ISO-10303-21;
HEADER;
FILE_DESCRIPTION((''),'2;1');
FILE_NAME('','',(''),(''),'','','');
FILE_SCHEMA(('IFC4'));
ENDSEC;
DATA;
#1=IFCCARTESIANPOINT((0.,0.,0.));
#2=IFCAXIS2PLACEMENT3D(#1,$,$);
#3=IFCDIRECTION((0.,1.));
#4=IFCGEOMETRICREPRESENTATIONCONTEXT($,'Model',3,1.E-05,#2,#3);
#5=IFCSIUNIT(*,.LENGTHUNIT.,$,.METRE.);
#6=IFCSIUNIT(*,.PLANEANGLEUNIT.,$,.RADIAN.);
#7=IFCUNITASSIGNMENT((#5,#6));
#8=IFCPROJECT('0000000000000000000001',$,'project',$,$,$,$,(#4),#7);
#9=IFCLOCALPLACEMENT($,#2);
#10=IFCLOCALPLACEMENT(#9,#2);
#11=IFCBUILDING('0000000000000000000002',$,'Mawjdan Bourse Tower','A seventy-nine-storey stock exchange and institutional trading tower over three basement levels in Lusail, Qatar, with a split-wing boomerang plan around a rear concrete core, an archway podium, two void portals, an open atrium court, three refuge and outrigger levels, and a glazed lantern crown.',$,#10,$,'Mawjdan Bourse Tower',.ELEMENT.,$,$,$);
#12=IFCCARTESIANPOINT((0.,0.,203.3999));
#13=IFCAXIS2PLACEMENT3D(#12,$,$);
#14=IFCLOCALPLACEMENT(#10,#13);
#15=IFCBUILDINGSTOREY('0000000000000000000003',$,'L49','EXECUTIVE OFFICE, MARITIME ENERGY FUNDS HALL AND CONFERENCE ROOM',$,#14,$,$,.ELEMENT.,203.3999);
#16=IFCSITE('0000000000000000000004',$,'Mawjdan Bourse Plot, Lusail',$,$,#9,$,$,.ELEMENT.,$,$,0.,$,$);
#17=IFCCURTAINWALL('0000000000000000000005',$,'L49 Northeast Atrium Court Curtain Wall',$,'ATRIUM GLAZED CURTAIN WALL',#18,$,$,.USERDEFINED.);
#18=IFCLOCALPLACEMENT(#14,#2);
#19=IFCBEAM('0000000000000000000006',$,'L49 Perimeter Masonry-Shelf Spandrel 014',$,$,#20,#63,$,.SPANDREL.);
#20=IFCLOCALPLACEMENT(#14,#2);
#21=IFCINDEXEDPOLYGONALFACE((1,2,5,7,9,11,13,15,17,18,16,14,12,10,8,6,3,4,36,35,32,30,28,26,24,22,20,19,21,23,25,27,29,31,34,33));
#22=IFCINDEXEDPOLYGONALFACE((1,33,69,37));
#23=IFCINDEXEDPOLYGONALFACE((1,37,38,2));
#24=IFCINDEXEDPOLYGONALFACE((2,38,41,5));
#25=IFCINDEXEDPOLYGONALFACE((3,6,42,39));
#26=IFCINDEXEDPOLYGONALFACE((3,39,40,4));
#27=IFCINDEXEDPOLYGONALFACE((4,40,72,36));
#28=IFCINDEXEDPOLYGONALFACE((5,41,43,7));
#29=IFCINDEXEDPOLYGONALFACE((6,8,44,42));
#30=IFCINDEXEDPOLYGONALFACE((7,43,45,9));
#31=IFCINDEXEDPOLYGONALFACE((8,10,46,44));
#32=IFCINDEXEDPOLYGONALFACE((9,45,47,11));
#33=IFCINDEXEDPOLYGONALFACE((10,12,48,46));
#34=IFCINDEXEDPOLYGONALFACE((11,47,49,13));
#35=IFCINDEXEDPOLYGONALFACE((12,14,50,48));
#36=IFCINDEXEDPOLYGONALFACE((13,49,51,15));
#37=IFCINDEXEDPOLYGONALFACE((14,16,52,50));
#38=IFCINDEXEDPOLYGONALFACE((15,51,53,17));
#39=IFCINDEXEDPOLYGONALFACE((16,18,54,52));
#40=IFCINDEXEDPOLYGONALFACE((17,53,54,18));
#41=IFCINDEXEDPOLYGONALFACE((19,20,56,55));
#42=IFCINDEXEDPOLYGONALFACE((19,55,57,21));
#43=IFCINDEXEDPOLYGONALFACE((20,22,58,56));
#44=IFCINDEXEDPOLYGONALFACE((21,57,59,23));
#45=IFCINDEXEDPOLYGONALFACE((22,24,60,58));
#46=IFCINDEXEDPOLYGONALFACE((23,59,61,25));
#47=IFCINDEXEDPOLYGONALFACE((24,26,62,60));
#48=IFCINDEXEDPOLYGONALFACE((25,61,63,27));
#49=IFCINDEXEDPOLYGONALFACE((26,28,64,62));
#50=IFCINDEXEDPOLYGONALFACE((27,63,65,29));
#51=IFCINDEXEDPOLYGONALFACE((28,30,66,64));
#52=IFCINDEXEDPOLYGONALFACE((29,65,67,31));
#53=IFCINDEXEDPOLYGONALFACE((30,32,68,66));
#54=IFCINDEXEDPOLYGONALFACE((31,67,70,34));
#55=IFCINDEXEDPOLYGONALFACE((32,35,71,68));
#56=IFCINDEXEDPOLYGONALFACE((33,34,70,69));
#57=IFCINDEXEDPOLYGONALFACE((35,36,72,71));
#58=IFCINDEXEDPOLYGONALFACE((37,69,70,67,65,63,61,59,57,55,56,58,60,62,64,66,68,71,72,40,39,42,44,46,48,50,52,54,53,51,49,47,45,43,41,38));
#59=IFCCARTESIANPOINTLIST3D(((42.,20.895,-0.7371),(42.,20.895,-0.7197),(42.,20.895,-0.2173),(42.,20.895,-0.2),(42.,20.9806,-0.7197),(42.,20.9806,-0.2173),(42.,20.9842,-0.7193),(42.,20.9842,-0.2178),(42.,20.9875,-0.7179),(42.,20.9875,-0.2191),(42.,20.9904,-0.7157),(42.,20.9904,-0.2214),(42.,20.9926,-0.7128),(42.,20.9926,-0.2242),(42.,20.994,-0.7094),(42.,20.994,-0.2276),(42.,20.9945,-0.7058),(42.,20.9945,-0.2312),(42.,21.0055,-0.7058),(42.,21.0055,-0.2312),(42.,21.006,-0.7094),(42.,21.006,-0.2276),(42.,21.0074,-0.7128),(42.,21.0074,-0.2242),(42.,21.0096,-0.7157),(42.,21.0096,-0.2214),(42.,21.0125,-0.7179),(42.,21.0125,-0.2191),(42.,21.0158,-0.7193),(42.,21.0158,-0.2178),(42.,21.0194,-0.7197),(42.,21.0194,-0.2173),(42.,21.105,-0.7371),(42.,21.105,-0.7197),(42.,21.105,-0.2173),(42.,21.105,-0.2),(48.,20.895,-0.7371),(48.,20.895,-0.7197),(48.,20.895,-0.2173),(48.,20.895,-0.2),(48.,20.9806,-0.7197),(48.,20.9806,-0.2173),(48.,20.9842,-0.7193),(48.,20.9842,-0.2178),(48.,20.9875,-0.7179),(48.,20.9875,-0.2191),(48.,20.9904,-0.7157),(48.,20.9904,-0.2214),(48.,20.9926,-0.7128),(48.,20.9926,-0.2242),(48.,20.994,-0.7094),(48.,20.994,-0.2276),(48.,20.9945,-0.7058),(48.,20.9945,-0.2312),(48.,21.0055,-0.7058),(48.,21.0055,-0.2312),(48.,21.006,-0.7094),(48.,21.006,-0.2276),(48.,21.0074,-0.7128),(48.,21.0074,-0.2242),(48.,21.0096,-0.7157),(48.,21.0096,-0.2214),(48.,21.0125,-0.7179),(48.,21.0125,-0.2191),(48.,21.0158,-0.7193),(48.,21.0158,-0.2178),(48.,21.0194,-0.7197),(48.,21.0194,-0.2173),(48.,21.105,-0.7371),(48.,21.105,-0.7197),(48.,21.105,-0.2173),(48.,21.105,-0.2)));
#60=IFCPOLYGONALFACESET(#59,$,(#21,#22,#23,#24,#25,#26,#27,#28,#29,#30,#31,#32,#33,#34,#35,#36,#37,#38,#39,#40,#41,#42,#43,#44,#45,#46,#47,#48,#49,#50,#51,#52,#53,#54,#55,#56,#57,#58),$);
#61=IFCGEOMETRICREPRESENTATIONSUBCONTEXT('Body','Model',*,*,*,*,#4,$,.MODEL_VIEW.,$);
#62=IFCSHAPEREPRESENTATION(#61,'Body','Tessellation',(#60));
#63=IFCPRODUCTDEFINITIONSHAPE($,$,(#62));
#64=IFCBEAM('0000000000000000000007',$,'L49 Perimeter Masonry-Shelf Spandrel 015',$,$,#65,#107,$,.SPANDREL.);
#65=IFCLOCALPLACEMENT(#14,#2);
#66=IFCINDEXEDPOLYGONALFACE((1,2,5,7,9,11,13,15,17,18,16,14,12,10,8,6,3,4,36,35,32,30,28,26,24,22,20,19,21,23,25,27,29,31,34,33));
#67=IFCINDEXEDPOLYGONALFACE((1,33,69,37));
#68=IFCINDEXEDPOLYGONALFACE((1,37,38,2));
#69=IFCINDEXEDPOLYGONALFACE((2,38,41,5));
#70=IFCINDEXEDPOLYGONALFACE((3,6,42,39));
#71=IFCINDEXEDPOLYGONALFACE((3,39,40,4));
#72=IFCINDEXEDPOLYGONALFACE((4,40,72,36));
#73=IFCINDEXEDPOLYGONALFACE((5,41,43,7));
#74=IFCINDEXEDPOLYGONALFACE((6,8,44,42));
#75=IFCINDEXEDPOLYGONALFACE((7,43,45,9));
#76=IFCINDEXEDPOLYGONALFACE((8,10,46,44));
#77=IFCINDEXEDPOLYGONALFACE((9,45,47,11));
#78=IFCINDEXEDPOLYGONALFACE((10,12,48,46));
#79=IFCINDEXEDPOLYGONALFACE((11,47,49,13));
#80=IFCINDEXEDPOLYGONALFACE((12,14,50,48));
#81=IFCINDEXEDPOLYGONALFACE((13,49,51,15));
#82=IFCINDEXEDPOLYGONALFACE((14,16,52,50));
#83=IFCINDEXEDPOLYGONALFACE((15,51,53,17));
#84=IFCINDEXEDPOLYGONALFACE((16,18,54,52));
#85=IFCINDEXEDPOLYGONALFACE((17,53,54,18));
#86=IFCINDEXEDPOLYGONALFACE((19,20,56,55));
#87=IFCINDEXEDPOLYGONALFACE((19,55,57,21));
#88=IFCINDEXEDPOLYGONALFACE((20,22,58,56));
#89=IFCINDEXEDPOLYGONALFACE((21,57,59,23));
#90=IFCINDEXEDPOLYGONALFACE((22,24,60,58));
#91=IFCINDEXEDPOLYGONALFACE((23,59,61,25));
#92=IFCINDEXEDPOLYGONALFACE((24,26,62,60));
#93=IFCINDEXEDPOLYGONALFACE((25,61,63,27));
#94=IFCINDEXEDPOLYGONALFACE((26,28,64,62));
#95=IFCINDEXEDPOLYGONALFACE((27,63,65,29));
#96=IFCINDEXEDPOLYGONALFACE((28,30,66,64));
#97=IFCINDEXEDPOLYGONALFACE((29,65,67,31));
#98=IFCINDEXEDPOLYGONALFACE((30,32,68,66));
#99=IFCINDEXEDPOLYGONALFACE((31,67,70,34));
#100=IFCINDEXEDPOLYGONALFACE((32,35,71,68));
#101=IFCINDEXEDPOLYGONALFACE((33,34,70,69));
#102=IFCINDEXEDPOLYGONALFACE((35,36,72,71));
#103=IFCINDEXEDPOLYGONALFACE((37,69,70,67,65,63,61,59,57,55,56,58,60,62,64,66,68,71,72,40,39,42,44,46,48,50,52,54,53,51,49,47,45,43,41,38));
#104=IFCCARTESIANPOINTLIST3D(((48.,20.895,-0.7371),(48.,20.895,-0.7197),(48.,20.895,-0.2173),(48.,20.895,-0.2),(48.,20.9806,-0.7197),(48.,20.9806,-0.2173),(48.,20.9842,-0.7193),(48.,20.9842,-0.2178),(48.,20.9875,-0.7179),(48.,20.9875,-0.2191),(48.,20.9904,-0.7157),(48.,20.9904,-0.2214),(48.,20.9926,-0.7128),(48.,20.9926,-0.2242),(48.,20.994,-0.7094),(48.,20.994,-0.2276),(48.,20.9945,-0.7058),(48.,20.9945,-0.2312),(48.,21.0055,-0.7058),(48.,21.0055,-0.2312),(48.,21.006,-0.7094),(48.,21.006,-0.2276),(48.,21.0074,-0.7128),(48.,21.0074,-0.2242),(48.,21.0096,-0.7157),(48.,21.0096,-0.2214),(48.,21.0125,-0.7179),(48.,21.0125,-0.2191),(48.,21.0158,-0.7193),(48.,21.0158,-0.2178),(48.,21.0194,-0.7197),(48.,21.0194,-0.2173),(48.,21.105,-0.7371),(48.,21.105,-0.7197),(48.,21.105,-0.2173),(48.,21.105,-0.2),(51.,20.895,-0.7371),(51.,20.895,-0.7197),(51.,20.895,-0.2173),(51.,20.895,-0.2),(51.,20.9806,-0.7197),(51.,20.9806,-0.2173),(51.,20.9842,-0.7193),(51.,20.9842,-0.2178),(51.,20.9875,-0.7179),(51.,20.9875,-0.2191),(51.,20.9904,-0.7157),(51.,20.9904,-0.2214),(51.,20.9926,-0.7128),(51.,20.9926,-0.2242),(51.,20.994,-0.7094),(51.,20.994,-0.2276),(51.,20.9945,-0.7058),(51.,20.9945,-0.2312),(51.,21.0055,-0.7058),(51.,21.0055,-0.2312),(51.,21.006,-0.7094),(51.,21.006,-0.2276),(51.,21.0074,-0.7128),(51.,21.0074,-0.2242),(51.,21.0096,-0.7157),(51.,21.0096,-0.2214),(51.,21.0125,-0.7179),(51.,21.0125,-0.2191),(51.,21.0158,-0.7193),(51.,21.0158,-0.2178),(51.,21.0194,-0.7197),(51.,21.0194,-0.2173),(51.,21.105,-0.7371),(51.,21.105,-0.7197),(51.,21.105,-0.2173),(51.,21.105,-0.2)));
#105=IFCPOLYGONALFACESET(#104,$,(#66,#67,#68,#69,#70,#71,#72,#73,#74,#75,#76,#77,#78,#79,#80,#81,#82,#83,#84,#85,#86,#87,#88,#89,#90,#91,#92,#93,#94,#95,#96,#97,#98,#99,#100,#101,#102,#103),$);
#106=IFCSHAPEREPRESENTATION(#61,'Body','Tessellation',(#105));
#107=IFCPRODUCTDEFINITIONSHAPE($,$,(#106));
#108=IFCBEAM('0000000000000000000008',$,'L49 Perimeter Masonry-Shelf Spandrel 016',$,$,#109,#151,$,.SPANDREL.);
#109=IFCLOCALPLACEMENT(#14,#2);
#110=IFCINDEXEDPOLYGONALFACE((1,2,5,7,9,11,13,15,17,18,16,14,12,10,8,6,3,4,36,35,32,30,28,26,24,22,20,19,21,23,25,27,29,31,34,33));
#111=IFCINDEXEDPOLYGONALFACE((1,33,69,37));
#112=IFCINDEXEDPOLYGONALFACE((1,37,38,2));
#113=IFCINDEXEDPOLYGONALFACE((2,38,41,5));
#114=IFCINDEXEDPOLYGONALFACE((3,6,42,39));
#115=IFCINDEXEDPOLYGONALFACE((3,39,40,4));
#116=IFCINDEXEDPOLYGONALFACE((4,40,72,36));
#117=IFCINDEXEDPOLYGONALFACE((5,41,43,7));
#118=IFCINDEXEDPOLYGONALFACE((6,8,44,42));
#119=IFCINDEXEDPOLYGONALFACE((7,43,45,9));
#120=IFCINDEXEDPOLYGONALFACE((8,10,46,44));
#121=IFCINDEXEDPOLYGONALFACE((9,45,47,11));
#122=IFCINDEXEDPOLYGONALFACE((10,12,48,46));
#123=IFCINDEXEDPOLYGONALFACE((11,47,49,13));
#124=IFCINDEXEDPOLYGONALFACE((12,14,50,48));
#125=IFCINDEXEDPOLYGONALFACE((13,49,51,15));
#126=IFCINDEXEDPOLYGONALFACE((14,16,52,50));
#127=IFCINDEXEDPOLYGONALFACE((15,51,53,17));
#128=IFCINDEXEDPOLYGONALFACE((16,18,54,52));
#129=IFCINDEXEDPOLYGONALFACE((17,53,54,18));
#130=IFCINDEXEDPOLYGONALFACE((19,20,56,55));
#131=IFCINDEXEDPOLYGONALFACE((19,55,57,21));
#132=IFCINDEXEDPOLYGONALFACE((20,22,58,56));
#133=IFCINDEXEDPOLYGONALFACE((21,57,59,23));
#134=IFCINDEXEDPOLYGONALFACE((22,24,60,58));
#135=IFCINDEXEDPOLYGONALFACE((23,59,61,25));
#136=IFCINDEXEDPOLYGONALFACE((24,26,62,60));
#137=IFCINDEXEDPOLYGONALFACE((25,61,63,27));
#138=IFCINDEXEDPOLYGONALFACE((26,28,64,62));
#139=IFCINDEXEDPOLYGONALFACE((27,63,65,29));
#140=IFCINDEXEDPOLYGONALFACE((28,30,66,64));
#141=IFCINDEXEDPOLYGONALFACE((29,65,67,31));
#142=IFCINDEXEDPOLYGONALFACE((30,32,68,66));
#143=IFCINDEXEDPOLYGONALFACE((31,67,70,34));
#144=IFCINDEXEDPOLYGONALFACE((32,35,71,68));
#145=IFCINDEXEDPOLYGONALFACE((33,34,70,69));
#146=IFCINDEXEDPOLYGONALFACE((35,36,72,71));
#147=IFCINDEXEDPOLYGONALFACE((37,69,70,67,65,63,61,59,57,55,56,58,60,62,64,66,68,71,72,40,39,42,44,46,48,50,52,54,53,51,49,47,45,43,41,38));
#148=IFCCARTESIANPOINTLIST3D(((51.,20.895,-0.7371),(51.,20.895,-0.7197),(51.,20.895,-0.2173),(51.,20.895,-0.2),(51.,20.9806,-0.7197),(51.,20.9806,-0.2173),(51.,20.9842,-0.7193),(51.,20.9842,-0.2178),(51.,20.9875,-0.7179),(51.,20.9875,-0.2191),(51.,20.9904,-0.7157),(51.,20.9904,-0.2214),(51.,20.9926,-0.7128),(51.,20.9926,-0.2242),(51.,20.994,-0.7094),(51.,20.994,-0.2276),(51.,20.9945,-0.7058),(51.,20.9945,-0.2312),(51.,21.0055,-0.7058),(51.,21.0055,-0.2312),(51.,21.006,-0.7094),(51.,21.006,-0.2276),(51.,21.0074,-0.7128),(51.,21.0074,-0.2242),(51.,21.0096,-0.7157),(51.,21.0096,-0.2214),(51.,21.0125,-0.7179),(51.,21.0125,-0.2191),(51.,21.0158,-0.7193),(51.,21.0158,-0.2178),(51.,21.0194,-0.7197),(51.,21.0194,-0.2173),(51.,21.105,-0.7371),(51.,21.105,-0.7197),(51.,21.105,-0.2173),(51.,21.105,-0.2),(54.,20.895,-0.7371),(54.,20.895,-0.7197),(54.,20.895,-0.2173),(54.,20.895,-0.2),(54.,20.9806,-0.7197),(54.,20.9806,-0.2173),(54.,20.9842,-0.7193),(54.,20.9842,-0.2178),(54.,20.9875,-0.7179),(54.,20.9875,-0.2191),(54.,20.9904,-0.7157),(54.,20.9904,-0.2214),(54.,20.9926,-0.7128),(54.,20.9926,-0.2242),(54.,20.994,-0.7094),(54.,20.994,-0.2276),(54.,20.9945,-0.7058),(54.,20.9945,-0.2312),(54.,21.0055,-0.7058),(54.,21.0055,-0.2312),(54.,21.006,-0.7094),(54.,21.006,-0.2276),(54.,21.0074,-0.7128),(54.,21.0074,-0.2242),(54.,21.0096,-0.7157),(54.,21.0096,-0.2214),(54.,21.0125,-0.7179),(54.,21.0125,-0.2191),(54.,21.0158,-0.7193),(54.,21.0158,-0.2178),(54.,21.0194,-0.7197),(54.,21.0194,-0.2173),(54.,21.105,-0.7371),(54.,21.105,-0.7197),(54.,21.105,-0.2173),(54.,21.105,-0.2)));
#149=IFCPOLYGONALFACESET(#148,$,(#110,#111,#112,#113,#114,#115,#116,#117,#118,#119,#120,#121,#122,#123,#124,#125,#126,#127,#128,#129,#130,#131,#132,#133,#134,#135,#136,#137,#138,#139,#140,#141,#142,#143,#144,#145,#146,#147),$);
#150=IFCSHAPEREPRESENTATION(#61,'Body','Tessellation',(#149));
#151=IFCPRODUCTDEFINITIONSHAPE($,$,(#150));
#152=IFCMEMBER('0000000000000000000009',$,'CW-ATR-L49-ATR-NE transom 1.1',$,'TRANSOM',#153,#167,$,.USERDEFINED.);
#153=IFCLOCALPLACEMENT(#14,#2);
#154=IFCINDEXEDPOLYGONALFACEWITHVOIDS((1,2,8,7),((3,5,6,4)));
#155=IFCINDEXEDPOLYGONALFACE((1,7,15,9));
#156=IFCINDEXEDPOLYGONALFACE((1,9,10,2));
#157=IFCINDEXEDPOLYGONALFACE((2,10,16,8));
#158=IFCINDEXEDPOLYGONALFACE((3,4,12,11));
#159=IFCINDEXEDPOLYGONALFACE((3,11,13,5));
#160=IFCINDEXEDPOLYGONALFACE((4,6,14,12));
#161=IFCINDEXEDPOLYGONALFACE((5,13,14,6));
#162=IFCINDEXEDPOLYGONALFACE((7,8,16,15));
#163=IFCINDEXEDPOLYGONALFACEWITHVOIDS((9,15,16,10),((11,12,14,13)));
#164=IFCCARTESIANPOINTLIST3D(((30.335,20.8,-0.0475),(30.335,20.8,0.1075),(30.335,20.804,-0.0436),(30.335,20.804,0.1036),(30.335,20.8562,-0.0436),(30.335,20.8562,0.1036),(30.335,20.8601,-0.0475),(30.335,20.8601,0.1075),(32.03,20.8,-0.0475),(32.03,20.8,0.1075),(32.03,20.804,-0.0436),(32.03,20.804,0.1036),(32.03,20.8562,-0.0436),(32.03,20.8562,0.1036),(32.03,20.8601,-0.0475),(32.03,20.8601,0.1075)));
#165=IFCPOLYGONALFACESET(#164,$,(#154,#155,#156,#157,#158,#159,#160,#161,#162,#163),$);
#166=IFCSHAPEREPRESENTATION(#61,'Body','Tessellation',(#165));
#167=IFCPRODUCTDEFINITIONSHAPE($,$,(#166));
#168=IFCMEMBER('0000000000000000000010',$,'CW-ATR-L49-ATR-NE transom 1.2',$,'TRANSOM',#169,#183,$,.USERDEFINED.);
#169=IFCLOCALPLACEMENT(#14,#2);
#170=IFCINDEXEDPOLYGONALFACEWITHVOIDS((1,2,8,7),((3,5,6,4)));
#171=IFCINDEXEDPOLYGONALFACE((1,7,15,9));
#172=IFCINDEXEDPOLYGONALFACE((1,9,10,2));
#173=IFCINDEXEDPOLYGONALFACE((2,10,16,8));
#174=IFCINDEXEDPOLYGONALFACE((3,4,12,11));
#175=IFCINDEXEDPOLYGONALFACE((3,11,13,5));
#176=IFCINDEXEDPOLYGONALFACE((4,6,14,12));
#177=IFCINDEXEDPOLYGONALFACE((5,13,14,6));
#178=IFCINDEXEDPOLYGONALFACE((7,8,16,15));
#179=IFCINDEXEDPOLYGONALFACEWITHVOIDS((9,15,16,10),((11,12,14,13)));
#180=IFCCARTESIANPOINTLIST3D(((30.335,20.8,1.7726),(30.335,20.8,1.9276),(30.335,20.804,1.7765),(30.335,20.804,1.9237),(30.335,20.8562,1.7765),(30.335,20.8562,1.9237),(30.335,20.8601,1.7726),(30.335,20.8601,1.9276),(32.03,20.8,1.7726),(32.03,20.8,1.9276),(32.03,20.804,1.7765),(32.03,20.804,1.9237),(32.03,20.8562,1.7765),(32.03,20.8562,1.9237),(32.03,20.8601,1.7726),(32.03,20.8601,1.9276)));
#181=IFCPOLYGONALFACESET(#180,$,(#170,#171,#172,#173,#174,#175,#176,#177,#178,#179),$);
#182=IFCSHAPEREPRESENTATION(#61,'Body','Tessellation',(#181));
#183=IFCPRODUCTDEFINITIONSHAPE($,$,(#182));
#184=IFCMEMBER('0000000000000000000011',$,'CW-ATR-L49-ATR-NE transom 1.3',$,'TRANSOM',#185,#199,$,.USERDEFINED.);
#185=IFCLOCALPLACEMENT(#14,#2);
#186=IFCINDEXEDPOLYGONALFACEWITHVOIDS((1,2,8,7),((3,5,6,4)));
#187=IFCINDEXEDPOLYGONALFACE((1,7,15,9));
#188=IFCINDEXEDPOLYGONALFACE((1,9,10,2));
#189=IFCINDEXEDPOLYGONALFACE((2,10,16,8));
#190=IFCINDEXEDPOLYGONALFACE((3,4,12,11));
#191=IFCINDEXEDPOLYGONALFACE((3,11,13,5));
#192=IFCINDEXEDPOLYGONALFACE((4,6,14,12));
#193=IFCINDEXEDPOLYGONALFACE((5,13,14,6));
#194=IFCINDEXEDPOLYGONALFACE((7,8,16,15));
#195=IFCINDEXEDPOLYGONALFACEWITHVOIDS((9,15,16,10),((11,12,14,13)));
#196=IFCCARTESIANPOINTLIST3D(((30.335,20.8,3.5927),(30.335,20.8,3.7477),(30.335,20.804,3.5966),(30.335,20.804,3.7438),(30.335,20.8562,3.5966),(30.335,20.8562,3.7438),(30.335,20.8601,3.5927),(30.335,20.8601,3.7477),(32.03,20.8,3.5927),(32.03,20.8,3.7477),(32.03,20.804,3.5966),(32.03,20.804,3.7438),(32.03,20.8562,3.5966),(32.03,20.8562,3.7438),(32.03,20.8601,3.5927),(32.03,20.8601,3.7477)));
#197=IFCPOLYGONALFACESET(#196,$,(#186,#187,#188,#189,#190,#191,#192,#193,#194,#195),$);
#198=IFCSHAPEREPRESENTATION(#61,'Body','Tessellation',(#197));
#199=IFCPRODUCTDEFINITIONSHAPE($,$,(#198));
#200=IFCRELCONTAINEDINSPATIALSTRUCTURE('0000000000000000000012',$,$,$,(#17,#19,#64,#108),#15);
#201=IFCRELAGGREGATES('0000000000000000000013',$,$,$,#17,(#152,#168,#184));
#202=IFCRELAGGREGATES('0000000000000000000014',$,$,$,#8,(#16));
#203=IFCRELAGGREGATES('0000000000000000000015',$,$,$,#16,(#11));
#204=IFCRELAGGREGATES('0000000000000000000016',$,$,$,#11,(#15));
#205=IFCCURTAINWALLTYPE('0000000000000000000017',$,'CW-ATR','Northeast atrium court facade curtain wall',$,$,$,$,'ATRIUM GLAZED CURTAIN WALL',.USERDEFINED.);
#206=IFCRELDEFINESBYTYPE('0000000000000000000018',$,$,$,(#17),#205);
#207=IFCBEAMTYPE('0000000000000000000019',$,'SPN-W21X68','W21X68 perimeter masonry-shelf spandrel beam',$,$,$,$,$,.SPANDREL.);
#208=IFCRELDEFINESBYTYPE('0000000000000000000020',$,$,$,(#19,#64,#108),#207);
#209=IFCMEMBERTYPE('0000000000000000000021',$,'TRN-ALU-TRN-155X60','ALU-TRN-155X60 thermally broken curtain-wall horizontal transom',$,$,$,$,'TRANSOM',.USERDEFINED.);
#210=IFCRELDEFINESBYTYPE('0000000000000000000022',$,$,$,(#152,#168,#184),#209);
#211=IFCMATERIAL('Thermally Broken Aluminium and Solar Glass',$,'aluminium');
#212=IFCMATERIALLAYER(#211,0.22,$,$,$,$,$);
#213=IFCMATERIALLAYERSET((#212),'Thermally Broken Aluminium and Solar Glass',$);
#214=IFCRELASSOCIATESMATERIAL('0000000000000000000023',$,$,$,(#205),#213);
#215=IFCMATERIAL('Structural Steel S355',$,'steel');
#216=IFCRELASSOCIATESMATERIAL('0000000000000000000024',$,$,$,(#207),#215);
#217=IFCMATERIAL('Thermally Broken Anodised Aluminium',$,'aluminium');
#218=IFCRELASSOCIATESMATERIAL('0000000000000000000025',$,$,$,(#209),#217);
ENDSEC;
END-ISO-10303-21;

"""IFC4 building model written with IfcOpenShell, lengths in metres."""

from ifc_helpers import new_model, si_unit, direction, frame, origin, origin_2d, place, context, subcontext, project, spatial, hollow_rectangle, i_section, extrude, material, layer, layer_set, material_profile, profile_set, type_object, element, aggregate, save


model = new_model("IFC4")

# Units and contexts
model_context = context("Model", 3, precision=1e-05, world=origin(), true_north=direction((0.0, 1.0)))
body_context = subcontext(model_context, "Body", "Model", "MODEL_VIEW")
ifc_project = project(units=[si_unit("LENGTHUNIT", "METRE"), si_unit("PLANEANGLEUNIT", "RADIAN")], contexts=[model_context])

# Site, building, storey
site_placement = place(None, origin())
site = spatial("IfcSite", under=ifc_project, at=site_placement, Name="Mawjdan Bourse Plot, Lusail", CompositionType="ELEMENT", RefElevation=0.0)
building_placement = place(site_placement, origin())
building = spatial("IfcBuilding", under=site, at=building_placement, Name="Mawjdan Bourse Tower", Description="A seventy-nine-storey stock exchange and institutional trading tower over three basement levels in Lusail, Qatar, with a split-wing boomerang plan around a rear concrete core, an archway podium, two void portals, an open atrium court, three refuge and outrigger levels, and a glazed lantern crown.", LongName="Mawjdan Bourse Tower", CompositionType="ELEMENT")
storey_placement = place(building_placement, frame((0.0, 0.0, 203.3999)))
storey = spatial("IfcBuildingStorey", under=building, at=storey_placement, Name="L49", Description="EXECUTIVE OFFICE, MARITIME ENERGY FUNDS HALL AND CONFERENCE ROOM", CompositionType="ELEMENT", Elevation=203.3999)

# Shared definitions
ifc_material_1 = material(Name="Structural Steel S355", Category="steel")

# Curtain wall
ifc_material_2 = material(Name="Thermally Broken Aluminium and Solar Glass", Category="aluminium")
ifc_layer_1 = layer(ifc_material_2, 0.22)
ifc_layer_set_1 = layer_set([ifc_layer_1], Name="Thermally Broken Aluminium and Solar Glass")
curtain_wall_type = type_object("IfcCurtainWallType", Name="CW-ATR", Description="Northeast atrium court facade curtain wall", ElementType="ATRIUM GLAZED CURTAIN WALL", PredefinedType="USERDEFINED", material=ifc_layer_set_1)
curtain_wall_placement = place(storey_placement, origin())
curtain_wall = element("IfcCurtainWall", 1, at=curtain_wall_placement, inside=storey, type_object=curtain_wall_type, Name="L49 Northeast Atrium Court Curtain Wall", ObjectType="ATRIUM GLAZED CURTAIN WALL", PredefinedType="USERDEFINED")
ifc_material_3 = material(Name="Thermally Broken Anodised Aluminium", Category="aluminium")

# Beams
ifc_material_profile_1 = material_profile(ifc_material_1, i_section(OverallWidth=0.21, OverallDepth=0.5371, WebThickness=0.011, FlangeThickness=0.0173, FilletRadius=0.0139, at=origin_2d()), Name="W21X68")
ifc_profile_set_1 = profile_set([ifc_material_profile_1], Name="Structural Steel S355")
beam_type_1 = type_object("IfcBeamType", Name="SPN-W21X68", Description="W21X68 perimeter masonry-shelf spandrel beam", PredefinedType="SPANDREL", material=ifc_profile_set_1)
beam_1_placement = place(storey_placement, frame((42.0, 21.0, -0.4685), z_axis=(1.0, 0.0, 0.0), x_axis=(0.0, 1.0, 0.0)))
element("IfcBeam", 2, at=beam_1_placement, inside=storey, type_object=beam_type_1, Name="L49 Perimeter Masonry-Shelf Spandrel 014", PredefinedType="SPANDREL", context=body_context, shape_type="SweptSolid", body=[
    extrude(i_section(OverallWidth=0.21, OverallDepth=0.5371, WebThickness=0.011, FlangeThickness=0.0173, FilletRadius=0.0139, at=origin_2d()), origin(), (0.0, 0.0, 1.0), 6.0),
])
for number, where, z_axis, x_axis, name in (
    (3, (48.0, 21.0, -0.4685), (1.0, 0.0, 0.0), (0.0, 1.0, 0.0), "L49 Perimeter Masonry-Shelf Spandrel 015"),
    (4, (51.0, 21.0, -0.4685), (1.0, 0.0, 0.0), (0.0, 1.0, 0.0), "L49 Perimeter Masonry-Shelf Spandrel 016"),
):
    element("IfcBeam", number, at=place(storey_placement, frame(where, z_axis=z_axis, x_axis=x_axis)), inside=storey, type_object=beam_type_1, Name=name, PredefinedType="SPANDREL", context=body_context, shape_type="SweptSolid", body=[
        extrude(i_section(OverallWidth=0.21, OverallDepth=0.5371, WebThickness=0.011, FlangeThickness=0.0173, FilletRadius=0.0139, at=origin_2d()), origin(), (0.0, 0.0, 1.0), 3.0),
    ])

# Members
ifc_material_profile_2 = material_profile(ifc_material_3, hollow_rectangle(XDim=0.0601, YDim=0.155, WallThickness=0.0039, at=origin_2d()), Name="ALU-TRN-155X60")
ifc_profile_set_2 = profile_set([ifc_material_profile_2], Name="Thermally Broken Anodised Aluminium")
member_type_1 = type_object("IfcMemberType", Name="TRN-ALU-TRN-155X60", Description="ALU-TRN-155X60 thermally broken curtain-wall horizontal transom", ElementType="TRANSOM", PredefinedType="USERDEFINED", material=ifc_profile_set_2)
member_1_placement = place(storey_placement, frame((32.03, 20.8301, 0.03), z_axis=(-1.0, 0.0, 0.0), x_axis=(0.0, -1.0, 0.0)))
member_1 = element("IfcMember", 5, at=member_1_placement, type_object=member_type_1, Name="CW-ATR-L49-ATR-NE transom 1.1", ObjectType="TRANSOM", PredefinedType="USERDEFINED", context=body_context, shape_type="SweptSolid", body=[
    extrude(hollow_rectangle(XDim=0.0601, YDim=0.155, WallThickness=0.0039, at=origin_2d()), origin(), (0.0, 0.0, 1.0), 1.6951),
])
member_2_placement = place(storey_placement, frame((32.03, 20.8301, 1.8501), z_axis=(-1.0, 0.0, 0.0), x_axis=(0.0, -1.0, 0.0)))
member_2 = element("IfcMember", 6, at=member_2_placement, type_object=member_type_1, Name="CW-ATR-L49-ATR-NE transom 1.2", ObjectType="TRANSOM", PredefinedType="USERDEFINED", context=body_context, shape_type="SweptSolid", body=[
    extrude(hollow_rectangle(XDim=0.0601, YDim=0.155, WallThickness=0.0039, at=origin_2d()), origin(), (0.0, 0.0, 1.0), 1.6951),
])
member_3_placement = place(storey_placement, frame((32.03, 20.8301, 3.6702), z_axis=(-1.0, 0.0, 0.0), x_axis=(0.0, -1.0, 0.0)))
member_3 = element("IfcMember", 7, at=member_3_placement, type_object=member_type_1, Name="CW-ATR-L49-ATR-NE transom 1.3", ObjectType="TRANSOM", PredefinedType="USERDEFINED", context=body_context, shape_type="SweptSolid", body=[
    extrude(hollow_rectangle(XDim=0.0601, YDim=0.155, WallThickness=0.0039, at=origin_2d()), origin(), (0.0, 0.0, 1.0), 1.6951),
])

aggregate(curtain_wall, [member_1, member_2, member_3])

save(model, "model.ifc")
